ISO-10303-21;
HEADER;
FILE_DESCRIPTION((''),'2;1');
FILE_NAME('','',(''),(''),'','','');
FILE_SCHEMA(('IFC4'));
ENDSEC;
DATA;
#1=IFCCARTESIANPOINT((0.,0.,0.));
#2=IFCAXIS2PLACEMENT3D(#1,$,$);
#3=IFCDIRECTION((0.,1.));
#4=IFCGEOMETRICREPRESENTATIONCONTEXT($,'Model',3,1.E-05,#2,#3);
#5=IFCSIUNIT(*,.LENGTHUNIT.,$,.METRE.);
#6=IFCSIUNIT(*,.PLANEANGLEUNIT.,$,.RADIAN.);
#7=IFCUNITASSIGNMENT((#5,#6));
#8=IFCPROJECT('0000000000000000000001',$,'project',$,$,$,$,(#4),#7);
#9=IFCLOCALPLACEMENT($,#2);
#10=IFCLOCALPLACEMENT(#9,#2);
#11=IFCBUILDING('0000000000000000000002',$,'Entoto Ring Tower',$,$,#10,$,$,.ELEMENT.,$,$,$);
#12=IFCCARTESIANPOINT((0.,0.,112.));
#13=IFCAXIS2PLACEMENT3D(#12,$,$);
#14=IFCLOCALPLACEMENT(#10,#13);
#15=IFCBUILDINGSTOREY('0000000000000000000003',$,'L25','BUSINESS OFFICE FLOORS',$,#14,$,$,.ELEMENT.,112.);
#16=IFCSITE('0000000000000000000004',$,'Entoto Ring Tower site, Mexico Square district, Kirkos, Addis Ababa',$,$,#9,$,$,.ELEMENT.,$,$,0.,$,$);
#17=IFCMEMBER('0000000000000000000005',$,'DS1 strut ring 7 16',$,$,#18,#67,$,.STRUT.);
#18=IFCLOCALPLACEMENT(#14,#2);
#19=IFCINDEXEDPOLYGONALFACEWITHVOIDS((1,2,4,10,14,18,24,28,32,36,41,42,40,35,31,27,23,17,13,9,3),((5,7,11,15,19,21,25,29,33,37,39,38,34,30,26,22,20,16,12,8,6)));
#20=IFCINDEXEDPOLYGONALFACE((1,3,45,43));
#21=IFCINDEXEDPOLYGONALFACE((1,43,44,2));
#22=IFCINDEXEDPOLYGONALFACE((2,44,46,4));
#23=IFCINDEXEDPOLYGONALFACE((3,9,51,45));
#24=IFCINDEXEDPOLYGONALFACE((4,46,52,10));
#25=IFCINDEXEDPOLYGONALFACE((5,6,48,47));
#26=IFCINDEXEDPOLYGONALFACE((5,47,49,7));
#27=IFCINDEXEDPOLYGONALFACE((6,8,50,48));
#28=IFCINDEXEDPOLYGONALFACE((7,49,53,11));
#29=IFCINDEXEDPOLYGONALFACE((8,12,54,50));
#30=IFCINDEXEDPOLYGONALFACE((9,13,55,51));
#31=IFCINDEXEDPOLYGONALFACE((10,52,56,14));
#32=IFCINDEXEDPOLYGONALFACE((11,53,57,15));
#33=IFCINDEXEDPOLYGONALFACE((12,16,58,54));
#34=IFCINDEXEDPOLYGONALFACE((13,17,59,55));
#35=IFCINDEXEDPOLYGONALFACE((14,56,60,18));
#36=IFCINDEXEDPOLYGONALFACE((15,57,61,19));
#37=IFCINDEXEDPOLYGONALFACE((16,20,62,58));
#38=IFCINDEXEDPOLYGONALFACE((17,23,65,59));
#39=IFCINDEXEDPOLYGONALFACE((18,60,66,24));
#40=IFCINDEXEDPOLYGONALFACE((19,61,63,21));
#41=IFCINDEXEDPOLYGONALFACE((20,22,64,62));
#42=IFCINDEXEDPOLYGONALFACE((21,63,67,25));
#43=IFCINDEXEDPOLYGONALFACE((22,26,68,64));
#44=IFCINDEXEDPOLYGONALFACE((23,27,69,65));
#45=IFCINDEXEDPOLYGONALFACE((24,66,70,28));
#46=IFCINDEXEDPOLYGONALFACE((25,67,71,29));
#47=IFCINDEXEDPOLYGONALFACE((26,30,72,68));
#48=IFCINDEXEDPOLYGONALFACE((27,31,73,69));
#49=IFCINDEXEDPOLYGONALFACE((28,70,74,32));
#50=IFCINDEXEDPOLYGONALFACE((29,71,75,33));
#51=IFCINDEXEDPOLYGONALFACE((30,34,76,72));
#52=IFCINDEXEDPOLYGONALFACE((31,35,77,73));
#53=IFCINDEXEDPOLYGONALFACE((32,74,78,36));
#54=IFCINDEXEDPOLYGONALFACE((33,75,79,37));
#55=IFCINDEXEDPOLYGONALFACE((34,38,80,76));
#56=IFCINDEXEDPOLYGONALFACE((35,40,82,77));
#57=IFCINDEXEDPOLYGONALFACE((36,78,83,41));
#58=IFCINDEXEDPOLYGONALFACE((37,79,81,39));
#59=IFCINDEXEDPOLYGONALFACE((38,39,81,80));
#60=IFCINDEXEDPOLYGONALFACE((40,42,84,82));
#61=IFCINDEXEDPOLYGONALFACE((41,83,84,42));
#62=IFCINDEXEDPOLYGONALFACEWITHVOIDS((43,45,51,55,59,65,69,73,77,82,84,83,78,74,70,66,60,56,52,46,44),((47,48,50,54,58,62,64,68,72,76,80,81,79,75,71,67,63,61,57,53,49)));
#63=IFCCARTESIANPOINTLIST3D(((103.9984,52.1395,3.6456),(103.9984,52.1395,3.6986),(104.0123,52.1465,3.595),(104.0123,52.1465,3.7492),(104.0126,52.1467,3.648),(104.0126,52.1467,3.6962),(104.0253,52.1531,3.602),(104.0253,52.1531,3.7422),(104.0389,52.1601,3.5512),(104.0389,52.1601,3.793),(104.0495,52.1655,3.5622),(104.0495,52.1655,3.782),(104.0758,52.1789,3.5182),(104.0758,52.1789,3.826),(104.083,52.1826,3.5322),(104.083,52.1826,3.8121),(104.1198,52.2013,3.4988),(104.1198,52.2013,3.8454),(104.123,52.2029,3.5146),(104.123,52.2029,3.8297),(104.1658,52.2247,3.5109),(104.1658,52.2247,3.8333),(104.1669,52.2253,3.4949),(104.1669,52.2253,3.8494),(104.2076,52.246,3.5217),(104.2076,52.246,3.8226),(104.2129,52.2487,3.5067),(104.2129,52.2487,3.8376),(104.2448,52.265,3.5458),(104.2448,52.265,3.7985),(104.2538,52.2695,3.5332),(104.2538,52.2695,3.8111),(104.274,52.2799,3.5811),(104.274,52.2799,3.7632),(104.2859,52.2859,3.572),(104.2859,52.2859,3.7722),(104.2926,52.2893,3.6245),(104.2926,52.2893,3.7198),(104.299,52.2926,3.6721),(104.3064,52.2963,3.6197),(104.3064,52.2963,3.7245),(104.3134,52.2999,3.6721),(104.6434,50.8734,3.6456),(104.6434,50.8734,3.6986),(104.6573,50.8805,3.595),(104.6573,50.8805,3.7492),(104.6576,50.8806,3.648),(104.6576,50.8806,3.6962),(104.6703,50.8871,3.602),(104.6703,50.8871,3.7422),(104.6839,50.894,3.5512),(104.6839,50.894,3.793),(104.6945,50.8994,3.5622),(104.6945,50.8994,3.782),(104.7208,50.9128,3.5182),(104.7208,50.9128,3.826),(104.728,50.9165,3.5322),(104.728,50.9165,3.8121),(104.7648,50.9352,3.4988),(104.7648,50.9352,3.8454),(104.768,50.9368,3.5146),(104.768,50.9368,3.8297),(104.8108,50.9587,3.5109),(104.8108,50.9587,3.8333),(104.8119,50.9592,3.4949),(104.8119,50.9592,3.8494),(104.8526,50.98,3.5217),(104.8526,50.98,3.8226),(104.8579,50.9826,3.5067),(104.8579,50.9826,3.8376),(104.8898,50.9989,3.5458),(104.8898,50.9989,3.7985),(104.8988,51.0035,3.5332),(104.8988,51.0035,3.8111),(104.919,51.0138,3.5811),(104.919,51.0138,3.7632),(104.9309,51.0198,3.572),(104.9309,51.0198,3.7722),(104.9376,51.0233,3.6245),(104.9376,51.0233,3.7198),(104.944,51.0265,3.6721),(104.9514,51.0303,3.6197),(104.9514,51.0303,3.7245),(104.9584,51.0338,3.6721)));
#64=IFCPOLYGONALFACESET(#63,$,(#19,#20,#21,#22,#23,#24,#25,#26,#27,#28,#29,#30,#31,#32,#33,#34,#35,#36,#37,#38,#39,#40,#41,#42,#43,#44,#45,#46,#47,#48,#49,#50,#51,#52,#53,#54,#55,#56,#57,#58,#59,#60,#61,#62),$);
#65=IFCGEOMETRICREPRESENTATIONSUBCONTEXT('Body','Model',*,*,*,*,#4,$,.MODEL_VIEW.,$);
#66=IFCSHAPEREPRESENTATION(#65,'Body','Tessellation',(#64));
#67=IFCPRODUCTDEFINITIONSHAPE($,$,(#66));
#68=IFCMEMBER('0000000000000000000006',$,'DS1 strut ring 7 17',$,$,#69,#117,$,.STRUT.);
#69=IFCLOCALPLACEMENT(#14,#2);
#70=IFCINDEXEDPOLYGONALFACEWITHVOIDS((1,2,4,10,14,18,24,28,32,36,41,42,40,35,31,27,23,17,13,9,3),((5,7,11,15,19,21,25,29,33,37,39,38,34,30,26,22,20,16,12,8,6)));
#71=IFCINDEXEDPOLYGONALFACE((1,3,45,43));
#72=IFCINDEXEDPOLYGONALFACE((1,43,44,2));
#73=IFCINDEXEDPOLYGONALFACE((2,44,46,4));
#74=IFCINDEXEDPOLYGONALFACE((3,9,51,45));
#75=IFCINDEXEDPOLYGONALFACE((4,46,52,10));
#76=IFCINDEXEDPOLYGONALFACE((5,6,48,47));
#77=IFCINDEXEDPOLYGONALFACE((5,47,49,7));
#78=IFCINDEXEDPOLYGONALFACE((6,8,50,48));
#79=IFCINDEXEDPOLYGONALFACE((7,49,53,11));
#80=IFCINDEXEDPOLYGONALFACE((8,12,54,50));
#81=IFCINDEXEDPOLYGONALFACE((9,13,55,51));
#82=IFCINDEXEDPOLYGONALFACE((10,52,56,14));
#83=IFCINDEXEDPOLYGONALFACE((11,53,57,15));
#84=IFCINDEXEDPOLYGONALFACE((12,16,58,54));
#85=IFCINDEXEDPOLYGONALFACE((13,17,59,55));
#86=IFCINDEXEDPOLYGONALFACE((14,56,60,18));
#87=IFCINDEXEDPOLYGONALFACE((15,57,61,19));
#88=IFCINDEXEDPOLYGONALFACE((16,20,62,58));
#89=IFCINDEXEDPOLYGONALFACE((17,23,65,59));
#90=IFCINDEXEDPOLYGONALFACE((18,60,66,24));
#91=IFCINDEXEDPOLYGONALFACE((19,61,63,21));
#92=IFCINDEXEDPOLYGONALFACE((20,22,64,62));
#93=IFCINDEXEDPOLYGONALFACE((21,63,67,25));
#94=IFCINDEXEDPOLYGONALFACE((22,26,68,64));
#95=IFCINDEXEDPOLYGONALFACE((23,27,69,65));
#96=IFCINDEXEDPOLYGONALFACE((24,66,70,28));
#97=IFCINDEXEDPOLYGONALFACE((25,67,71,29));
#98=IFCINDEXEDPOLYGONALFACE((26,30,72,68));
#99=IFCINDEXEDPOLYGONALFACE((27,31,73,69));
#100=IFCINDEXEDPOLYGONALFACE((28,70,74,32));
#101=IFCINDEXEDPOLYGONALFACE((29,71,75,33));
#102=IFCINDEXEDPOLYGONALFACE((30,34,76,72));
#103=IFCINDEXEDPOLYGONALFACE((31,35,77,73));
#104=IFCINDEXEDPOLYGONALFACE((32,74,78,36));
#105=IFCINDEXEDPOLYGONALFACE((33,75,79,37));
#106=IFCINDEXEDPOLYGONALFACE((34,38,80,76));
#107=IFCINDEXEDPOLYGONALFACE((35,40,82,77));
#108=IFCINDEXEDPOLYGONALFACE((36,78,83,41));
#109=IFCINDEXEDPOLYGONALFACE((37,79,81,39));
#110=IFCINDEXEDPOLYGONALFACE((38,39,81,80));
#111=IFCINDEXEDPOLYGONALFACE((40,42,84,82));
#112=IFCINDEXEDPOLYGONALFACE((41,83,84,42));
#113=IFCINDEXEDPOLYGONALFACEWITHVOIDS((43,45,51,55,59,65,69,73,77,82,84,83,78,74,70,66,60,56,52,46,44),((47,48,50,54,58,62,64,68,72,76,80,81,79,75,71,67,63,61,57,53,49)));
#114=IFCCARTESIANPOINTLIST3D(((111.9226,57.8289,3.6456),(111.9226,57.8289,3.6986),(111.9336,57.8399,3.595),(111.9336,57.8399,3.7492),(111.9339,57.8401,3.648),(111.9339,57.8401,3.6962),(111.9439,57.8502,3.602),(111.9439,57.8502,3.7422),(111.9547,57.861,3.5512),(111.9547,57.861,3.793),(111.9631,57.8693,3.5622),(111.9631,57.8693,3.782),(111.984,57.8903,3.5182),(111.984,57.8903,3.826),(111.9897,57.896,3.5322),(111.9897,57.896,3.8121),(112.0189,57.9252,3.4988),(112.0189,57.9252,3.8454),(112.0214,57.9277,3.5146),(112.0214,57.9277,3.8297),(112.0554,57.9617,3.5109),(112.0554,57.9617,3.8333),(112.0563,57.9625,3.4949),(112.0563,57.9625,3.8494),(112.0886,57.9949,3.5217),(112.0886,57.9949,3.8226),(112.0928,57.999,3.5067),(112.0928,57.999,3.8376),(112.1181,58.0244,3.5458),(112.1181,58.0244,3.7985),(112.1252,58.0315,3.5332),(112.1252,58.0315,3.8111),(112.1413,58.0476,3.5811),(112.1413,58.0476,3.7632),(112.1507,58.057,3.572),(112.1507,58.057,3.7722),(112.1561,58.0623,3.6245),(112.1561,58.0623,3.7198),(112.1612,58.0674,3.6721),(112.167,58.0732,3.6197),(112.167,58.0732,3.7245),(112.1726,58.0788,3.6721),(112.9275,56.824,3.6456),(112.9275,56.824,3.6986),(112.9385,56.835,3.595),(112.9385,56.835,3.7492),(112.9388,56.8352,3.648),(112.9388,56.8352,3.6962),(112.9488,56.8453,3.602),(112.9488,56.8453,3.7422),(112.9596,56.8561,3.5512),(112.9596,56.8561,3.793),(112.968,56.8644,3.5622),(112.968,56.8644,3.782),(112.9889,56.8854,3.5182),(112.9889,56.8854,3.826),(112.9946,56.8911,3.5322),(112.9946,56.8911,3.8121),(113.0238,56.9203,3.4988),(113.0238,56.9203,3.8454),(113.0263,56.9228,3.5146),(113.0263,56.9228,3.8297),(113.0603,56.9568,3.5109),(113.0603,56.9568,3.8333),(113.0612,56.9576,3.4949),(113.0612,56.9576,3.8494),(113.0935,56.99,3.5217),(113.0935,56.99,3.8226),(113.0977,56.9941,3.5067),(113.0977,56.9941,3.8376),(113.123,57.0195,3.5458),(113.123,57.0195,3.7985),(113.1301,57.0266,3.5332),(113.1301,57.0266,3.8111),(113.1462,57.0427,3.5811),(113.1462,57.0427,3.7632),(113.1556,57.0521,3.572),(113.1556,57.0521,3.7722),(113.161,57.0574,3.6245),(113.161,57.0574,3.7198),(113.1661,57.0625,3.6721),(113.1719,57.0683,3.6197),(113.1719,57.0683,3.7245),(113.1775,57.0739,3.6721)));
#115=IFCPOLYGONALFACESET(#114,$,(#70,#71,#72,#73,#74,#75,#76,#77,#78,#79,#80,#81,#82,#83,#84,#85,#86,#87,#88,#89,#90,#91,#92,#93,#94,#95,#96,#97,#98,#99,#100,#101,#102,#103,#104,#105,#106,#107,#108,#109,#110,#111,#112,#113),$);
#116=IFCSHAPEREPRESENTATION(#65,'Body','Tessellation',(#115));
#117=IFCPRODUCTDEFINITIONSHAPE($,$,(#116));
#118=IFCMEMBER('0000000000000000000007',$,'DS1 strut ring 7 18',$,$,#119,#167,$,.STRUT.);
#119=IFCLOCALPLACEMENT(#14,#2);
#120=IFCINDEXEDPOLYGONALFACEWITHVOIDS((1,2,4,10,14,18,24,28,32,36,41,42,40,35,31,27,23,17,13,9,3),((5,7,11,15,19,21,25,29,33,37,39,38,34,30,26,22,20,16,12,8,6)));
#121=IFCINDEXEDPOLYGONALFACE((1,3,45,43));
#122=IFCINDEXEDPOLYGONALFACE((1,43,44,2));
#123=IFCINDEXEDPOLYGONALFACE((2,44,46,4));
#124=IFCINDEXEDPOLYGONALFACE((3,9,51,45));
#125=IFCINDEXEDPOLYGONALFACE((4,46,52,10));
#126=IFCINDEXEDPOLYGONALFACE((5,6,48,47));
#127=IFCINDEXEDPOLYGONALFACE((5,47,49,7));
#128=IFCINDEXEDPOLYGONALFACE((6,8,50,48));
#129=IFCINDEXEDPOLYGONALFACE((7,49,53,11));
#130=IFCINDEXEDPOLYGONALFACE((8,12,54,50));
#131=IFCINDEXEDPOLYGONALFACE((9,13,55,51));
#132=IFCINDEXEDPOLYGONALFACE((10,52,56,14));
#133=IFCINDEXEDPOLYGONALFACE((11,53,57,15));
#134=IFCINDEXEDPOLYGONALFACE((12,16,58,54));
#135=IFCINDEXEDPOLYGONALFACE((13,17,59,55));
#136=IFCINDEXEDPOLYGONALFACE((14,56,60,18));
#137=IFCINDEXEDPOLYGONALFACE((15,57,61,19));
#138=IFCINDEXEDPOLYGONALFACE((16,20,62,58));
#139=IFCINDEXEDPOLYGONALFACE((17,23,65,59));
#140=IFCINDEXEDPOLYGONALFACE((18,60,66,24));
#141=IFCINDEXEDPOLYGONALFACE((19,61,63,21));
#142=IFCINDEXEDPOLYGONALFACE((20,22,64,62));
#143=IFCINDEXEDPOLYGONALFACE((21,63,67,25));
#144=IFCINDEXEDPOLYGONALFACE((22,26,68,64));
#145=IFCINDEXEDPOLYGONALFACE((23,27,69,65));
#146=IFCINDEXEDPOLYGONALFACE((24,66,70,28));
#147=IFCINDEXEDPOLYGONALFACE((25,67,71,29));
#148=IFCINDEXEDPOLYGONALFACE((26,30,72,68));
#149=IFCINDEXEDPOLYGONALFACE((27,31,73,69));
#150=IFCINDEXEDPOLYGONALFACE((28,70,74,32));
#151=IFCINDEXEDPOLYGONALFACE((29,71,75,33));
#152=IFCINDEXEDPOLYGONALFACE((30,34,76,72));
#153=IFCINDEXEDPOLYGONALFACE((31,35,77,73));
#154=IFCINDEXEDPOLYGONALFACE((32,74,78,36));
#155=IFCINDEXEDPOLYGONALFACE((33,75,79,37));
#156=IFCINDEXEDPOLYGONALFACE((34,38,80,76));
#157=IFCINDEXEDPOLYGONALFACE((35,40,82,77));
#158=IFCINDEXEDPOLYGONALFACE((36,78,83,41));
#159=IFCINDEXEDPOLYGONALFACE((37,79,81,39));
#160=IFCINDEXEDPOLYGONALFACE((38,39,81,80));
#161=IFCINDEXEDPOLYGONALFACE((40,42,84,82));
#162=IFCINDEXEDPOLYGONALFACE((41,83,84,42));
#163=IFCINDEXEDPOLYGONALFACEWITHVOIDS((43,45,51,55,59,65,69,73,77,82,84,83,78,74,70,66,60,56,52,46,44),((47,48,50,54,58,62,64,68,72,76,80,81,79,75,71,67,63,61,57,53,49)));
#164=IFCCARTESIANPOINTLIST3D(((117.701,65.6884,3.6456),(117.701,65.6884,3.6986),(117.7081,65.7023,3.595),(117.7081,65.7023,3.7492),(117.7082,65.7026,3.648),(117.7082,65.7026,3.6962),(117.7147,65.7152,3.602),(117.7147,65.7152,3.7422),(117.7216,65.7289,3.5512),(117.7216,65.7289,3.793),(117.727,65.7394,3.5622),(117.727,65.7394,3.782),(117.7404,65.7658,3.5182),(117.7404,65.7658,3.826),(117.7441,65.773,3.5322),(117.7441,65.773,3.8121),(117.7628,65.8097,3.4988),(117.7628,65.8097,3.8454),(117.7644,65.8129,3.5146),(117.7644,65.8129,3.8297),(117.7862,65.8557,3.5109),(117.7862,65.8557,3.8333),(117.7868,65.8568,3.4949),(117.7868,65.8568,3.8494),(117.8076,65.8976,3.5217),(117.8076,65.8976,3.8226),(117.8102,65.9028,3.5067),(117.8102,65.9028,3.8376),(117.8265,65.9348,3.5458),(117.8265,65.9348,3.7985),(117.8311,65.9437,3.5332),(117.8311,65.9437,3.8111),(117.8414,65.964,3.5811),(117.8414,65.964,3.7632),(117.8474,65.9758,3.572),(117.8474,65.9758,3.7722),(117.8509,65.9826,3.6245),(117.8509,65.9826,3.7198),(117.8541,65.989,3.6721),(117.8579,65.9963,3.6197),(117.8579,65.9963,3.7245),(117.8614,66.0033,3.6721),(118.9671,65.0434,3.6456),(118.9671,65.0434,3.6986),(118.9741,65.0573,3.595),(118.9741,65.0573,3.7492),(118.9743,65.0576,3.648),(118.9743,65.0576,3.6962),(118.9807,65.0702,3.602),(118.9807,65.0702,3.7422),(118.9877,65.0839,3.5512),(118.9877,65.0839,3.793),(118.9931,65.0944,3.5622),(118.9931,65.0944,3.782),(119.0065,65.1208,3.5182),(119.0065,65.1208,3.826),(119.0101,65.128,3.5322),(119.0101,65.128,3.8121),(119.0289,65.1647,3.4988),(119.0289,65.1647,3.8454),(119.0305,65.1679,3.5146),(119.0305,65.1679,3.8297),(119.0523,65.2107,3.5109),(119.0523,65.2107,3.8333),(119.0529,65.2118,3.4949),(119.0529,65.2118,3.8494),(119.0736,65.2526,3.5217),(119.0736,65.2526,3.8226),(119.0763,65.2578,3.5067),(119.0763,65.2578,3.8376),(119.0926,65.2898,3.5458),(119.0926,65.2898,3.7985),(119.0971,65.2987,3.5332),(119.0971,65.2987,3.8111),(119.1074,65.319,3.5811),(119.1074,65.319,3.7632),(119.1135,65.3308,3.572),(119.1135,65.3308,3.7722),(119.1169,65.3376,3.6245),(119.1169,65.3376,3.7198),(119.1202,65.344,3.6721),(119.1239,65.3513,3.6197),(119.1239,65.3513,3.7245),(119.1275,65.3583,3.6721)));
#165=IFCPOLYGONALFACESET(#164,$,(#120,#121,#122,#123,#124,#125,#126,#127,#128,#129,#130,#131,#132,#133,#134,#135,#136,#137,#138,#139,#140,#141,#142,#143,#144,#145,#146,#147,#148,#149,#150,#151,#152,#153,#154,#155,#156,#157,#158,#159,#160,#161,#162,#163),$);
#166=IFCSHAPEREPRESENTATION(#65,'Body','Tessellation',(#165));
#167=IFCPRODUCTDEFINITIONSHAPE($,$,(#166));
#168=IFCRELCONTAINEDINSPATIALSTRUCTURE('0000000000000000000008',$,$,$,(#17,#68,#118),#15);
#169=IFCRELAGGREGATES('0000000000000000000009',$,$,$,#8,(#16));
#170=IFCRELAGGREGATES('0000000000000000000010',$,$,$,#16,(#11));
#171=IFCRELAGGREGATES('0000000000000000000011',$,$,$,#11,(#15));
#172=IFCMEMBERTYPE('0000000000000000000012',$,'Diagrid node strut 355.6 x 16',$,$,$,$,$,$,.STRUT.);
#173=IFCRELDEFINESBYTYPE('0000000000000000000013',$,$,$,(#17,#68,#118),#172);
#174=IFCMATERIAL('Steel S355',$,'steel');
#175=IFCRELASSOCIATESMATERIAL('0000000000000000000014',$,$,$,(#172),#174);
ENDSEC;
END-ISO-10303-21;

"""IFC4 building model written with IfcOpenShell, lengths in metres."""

from ifc_helpers import new_model, si_unit, direction, frame, origin, origin_2d, place, context, subcontext, project, spatial, circle, hollow_circle, extrude, material, material_profile, profile_set, type_object, element, save


model = new_model("IFC4")

# Units and contexts
model_context = context("Model", 3, precision=1e-05, world=origin(), true_north=direction((0.0, 1.0)))
body_context = subcontext(model_context, "Body", "Model", "MODEL_VIEW")
ifc_project = project(units=[si_unit("LENGTHUNIT", "METRE"), si_unit("PLANEANGLEUNIT", "RADIAN")], contexts=[model_context])

# Site, building, storey
site_placement = place(None, origin())
site = spatial("IfcSite", under=ifc_project, at=site_placement, Name="Entoto Ring Tower site, Mexico Square district, Kirkos, Addis Ababa", CompositionType="ELEMENT", RefElevation=0.0)
building_placement = place(site_placement, origin())
building = spatial("IfcBuilding", under=site, at=building_placement, Name="Entoto Ring Tower", CompositionType="ELEMENT")
storey_placement = place(building_placement, frame((0.0, 0.0, 112.0)))
storey = spatial("IfcBuildingStorey", under=building, at=storey_placement, Name="L25", Description="BUSINESS OFFICE FLOORS", CompositionType="ELEMENT", Elevation=112.0)

# Members
ifc_material_1 = material(Name="Steel S355", Category="steel")
ifc_material_profile_1 = material_profile(ifc_material_1, hollow_circle(Radius=0.1777, WallThickness=0.0161, at=origin_2d()), Name="CHS 355.6 x 16")
ifc_material_2 = material(Name="Concrete C60/75", Category="concrete")
ifc_material_profile_2 = material_profile(ifc_material_2, circle(Radius=0.1619, at=origin_2d()), Name="Concrete C60/75 infill")
ifc_profile_set_1 = profile_set([ifc_material_profile_1, ifc_material_profile_2], Name="Steel S355")
member_type = type_object("IfcMemberType", Name="Diagrid node strut 355.6 x 16", PredefinedType="STRUT", material=ifc_profile_set_1)
member_1_placement = place(storey_placement, frame((104.155, 52.2192, 3.6721), z_axis=(0.453936, -0.891034, 0.0), x_axis=(0.891034, 0.453936, 0.0)))
element("IfcMember", 1, at=member_1_placement, inside=storey, type_object=member_type, Name="DS1 strut ring 7 16", PredefinedType="STRUT", context=body_context, shape_type="SweptSolid", body=[
    extrude(hollow_circle(Radius=0.1777, WallThickness=0.0161, at=origin_2d()), origin(), (0.0, 0.0, 1.0), 1.4209),
])
member_2_placement = place(storey_placement, frame((112.0469, 57.9531, 3.6721), z_axis=(0.707107, -0.707107, 0.0), x_axis=(0.707107, 0.707107, 0.0)))
element("IfcMember", 2, at=member_2_placement, inside=storey, type_object=member_type, Name="DS1 strut ring 7 17", PredefinedType="STRUT", context=body_context, shape_type="SweptSolid", body=[
    extrude(hollow_circle(Radius=0.1777, WallThickness=0.0161, at=origin_2d()), origin(), (0.0, 0.0, 1.0), 1.4211),
])
member_3_placement = place(storey_placement, frame((117.7808, 65.845, 3.6721), z_axis=(0.891034, -0.453936, 0.0), x_axis=(0.453936, 0.891034, 0.0)))
element("IfcMember", 3, at=member_3_placement, inside=storey, type_object=member_type, Name="DS1 strut ring 7 18", PredefinedType="STRUT", context=body_context, shape_type="SweptSolid", body=[
    extrude(hollow_circle(Radius=0.1777, WallThickness=0.0161, at=origin_2d()), origin(), (0.0, 0.0, 1.0), 1.4209),
])

save(model, "model.ifc")
